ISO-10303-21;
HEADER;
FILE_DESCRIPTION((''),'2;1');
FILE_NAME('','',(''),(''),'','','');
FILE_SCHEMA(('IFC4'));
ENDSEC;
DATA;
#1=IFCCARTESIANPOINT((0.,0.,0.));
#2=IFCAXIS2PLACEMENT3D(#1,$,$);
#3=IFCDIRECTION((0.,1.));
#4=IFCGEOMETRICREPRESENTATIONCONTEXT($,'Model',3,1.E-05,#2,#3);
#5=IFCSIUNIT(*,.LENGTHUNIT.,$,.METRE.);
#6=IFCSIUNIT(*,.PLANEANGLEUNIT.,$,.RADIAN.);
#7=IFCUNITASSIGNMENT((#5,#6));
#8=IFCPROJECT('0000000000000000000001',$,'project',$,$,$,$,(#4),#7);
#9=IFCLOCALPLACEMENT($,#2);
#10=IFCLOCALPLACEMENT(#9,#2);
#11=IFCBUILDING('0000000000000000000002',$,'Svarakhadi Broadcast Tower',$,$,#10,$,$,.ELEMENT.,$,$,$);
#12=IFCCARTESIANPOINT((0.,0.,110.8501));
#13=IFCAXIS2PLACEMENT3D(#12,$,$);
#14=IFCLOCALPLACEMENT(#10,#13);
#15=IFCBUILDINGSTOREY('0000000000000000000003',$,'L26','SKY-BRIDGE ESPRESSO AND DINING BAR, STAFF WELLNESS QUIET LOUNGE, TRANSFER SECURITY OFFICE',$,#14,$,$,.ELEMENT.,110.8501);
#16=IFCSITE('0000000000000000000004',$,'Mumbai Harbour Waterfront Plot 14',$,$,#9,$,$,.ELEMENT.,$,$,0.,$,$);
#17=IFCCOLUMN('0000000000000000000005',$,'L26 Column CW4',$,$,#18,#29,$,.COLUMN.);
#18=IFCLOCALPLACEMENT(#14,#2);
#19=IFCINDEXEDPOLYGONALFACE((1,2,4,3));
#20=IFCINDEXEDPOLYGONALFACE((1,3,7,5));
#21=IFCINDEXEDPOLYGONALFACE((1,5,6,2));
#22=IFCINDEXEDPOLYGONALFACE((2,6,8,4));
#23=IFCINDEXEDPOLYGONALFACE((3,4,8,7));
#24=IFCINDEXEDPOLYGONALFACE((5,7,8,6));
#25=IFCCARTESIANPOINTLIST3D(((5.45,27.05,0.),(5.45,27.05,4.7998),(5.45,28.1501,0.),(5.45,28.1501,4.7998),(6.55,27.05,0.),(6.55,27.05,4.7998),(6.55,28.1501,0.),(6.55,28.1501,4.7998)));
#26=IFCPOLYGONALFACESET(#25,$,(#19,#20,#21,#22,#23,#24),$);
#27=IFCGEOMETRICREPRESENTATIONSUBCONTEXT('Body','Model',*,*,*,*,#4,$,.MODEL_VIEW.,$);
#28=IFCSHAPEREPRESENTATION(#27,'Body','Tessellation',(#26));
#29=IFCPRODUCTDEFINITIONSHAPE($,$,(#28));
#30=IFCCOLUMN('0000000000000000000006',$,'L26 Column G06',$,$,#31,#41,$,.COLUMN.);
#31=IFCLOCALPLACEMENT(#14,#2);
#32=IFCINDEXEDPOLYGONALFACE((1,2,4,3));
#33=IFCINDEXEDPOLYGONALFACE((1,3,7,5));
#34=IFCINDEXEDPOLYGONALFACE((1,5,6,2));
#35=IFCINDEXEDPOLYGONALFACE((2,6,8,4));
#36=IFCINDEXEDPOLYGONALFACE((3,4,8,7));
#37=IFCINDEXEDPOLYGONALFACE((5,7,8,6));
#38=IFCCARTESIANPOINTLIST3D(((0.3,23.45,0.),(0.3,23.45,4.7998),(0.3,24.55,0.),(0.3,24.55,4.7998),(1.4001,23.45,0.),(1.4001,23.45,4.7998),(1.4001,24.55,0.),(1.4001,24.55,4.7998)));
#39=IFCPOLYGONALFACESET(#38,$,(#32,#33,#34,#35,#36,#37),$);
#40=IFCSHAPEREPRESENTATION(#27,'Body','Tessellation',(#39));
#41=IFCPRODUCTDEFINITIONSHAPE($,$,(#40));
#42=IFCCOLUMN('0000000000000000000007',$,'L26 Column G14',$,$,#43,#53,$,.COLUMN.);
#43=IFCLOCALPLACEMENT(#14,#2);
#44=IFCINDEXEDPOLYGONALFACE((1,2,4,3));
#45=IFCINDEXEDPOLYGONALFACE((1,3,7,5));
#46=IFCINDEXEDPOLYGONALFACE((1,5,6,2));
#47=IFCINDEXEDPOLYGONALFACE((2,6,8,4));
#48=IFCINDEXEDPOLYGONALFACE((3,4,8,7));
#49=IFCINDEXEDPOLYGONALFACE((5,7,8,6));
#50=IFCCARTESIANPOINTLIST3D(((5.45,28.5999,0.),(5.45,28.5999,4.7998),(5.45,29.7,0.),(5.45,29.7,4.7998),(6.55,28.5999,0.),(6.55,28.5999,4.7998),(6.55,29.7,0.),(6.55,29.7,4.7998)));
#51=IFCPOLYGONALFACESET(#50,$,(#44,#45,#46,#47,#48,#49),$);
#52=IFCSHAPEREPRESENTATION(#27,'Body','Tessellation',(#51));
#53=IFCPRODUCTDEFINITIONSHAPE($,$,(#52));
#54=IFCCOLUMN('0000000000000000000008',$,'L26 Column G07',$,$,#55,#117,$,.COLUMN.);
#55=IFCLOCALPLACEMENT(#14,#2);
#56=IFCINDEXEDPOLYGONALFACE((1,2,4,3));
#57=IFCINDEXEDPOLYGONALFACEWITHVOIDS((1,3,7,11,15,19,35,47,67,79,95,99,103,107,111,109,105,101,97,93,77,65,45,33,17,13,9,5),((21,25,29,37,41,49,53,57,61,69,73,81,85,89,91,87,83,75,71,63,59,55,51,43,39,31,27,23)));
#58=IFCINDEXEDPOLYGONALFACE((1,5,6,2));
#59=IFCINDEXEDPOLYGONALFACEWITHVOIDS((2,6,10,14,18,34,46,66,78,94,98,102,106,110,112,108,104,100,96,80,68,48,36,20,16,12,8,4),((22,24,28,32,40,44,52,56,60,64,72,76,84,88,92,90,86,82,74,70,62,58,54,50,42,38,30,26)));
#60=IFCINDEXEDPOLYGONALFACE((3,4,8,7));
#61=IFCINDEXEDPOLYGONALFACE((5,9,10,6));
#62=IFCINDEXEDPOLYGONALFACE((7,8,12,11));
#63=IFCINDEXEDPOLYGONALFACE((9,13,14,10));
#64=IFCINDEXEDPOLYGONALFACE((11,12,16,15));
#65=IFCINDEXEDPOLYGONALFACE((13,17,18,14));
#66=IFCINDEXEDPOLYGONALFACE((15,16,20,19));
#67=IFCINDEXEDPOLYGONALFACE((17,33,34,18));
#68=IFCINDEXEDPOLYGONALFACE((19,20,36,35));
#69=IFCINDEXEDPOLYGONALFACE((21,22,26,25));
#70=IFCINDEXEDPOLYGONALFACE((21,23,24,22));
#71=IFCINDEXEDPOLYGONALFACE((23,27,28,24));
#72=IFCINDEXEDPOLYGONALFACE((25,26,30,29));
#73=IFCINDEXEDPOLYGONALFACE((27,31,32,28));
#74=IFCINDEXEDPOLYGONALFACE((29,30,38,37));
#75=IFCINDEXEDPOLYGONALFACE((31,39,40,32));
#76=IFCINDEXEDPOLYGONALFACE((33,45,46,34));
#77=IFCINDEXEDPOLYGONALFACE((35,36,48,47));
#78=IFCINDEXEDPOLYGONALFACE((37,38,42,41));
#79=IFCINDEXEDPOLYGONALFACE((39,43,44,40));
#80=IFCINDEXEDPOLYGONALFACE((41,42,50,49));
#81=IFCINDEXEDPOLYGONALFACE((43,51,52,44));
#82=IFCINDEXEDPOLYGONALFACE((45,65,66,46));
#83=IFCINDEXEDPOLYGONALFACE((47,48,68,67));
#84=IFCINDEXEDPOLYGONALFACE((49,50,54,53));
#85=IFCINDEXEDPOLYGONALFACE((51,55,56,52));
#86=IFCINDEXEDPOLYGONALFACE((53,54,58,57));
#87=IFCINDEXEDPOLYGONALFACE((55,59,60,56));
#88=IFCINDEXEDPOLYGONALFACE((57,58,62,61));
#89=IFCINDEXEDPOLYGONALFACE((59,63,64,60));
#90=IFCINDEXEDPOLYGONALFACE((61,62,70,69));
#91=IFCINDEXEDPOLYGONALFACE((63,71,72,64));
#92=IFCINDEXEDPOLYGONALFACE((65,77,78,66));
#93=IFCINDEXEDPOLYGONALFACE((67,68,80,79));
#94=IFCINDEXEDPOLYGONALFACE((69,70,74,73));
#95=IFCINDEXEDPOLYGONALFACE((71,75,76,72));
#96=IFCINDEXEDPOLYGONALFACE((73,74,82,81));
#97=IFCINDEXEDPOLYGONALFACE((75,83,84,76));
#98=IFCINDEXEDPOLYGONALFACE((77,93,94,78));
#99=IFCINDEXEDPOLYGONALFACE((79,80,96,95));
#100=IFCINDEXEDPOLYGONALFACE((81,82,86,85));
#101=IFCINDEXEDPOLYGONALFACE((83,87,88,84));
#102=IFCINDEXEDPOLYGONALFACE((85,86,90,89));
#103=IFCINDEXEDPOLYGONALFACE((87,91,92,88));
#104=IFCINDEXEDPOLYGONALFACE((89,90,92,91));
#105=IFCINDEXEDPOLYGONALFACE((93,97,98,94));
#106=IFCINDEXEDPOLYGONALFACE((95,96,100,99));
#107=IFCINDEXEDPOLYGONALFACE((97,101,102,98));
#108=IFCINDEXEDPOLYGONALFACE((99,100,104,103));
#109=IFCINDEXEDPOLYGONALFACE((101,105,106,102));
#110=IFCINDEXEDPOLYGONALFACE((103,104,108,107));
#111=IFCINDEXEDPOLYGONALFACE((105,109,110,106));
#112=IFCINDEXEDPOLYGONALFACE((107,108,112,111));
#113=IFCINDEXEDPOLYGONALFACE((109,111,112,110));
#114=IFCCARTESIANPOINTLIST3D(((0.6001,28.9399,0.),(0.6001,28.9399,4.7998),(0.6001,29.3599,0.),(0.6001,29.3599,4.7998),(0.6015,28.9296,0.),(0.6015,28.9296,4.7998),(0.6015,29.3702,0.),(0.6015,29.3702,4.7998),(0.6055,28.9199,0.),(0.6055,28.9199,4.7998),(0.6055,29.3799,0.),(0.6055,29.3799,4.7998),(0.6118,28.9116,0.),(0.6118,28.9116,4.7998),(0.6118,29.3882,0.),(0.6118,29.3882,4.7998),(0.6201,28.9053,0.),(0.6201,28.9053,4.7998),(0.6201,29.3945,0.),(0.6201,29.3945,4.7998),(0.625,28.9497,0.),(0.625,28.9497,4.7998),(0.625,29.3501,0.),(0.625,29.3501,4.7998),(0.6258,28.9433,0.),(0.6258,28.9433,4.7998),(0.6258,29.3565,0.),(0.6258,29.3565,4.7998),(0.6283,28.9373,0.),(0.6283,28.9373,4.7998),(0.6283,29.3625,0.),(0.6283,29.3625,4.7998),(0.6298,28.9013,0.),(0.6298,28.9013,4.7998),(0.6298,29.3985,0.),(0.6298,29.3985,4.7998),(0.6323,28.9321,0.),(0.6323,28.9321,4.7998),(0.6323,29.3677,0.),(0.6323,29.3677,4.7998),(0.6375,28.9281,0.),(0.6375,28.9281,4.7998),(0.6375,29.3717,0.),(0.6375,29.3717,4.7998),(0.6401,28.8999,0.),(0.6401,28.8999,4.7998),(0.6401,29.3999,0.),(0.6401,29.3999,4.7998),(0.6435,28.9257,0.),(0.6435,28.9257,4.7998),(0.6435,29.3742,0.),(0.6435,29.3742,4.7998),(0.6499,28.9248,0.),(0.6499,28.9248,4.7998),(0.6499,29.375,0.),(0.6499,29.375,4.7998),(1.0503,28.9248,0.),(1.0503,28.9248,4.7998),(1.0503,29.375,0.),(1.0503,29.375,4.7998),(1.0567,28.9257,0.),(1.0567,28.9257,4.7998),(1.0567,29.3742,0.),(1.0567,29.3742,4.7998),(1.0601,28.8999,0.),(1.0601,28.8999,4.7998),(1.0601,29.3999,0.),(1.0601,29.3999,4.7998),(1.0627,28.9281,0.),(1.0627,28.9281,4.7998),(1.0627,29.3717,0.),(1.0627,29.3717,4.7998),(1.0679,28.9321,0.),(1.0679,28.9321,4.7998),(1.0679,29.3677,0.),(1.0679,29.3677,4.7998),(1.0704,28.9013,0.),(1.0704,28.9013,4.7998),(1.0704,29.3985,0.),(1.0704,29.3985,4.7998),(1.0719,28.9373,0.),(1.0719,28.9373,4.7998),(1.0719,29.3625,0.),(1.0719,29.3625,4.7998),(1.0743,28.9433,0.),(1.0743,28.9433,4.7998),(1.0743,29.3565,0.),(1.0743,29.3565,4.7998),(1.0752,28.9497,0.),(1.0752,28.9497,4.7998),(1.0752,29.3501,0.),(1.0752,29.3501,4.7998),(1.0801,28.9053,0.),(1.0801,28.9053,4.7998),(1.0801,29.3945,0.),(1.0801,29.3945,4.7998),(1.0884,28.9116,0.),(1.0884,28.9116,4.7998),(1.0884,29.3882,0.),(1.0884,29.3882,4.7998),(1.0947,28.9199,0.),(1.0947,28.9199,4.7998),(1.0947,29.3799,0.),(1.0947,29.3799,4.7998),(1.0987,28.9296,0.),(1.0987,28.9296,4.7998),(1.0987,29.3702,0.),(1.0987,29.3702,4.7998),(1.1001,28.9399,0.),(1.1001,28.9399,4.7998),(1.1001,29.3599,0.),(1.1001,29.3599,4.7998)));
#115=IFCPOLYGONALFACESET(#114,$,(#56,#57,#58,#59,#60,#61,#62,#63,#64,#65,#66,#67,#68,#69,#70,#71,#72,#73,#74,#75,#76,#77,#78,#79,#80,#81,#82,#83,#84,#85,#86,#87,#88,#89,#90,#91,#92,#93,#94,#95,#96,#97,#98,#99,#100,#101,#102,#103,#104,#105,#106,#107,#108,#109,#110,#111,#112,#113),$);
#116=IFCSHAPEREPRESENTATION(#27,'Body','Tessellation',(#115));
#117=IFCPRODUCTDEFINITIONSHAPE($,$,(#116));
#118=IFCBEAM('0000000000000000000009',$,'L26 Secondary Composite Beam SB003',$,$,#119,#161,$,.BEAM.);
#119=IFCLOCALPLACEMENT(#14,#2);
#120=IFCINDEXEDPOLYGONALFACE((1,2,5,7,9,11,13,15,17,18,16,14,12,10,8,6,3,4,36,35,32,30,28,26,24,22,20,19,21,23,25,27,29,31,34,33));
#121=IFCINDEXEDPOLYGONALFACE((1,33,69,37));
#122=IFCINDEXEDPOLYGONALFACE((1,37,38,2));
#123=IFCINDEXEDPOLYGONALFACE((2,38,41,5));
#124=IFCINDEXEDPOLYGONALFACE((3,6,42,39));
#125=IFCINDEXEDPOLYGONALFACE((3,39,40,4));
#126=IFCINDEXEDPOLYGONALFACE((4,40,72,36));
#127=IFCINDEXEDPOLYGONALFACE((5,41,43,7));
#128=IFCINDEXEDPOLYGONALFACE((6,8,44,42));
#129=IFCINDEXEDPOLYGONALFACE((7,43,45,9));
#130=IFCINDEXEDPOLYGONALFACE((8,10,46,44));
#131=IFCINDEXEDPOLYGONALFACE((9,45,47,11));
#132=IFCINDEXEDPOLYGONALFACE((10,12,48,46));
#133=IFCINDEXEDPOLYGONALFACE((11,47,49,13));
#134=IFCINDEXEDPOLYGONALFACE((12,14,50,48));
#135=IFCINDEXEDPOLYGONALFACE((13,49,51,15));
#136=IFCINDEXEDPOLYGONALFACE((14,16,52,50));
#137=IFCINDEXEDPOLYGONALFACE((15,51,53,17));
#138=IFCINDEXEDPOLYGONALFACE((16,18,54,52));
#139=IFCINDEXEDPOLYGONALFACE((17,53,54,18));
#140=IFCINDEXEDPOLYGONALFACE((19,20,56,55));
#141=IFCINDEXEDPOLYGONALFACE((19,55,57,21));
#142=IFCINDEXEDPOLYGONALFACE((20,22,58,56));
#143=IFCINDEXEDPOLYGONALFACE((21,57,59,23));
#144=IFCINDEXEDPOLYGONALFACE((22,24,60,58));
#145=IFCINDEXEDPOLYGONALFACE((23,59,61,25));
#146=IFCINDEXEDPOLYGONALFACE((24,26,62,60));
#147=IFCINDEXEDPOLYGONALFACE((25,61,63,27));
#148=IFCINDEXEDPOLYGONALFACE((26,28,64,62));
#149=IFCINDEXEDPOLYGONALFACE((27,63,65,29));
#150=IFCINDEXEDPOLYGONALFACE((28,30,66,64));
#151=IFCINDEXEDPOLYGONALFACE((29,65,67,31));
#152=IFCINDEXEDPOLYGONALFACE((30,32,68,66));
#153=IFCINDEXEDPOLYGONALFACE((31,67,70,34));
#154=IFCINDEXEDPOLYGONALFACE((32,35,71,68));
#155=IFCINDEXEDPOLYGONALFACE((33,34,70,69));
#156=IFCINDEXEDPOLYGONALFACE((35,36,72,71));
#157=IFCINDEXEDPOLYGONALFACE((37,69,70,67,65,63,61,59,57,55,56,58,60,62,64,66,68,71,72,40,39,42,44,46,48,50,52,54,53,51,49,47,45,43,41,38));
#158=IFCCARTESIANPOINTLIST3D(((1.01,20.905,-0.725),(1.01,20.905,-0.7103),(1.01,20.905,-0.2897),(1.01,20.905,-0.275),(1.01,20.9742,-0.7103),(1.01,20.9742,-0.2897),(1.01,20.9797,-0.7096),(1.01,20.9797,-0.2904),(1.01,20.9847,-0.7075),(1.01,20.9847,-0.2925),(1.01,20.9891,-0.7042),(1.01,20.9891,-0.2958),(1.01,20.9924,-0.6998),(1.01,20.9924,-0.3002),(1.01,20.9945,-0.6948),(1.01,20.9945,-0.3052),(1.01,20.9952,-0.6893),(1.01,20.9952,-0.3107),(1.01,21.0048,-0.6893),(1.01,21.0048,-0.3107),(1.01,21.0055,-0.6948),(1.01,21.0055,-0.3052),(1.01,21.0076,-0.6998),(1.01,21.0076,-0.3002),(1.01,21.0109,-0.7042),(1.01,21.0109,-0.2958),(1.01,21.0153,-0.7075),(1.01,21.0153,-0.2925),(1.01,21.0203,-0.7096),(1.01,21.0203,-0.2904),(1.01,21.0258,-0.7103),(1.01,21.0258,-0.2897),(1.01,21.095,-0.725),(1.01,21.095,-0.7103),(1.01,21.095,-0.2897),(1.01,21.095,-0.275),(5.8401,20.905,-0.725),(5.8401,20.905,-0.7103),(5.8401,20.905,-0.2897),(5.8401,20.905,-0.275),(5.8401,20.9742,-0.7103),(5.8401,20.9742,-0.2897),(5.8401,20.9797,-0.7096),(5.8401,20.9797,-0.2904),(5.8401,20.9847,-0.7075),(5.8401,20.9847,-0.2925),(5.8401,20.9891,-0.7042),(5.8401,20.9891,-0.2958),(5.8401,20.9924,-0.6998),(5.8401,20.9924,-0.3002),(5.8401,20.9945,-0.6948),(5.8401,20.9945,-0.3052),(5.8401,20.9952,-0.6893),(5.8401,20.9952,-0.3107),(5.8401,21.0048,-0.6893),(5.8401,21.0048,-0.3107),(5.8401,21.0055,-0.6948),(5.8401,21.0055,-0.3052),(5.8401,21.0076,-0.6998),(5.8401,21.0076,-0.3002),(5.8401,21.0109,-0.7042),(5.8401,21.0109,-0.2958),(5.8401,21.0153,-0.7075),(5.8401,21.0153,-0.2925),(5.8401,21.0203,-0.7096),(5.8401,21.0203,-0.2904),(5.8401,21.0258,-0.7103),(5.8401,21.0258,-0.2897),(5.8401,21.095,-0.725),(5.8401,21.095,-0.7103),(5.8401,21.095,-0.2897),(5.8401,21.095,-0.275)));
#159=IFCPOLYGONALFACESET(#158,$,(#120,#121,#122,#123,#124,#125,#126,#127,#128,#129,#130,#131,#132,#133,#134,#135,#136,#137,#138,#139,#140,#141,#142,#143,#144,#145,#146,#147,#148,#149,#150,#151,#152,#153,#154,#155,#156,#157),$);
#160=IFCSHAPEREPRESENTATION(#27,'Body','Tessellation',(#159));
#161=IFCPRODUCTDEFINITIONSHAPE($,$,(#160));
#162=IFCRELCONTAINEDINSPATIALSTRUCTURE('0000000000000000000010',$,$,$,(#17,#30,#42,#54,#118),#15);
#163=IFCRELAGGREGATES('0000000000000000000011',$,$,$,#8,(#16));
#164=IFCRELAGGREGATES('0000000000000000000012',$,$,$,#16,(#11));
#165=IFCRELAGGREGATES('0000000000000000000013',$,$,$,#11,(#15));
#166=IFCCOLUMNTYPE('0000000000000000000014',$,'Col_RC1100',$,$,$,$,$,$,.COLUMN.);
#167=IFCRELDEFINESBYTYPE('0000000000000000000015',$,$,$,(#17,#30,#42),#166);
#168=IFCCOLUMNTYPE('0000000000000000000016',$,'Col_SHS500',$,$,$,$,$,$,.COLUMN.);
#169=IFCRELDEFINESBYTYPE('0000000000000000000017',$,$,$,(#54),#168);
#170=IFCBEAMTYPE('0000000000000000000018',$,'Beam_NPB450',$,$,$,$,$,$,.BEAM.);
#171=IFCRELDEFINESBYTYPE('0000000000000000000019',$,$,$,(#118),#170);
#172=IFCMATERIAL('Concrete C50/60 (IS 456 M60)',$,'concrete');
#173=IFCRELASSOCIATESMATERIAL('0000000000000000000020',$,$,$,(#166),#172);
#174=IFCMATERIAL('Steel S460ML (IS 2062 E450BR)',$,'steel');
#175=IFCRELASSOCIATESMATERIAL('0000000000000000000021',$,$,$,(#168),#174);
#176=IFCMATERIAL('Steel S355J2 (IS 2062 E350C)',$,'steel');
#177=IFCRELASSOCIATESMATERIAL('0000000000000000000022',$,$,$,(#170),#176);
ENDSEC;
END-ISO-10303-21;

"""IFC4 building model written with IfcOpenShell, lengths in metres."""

from ifc_helpers import new_model, si_unit, direction, frame, origin, origin_2d, place, context, subcontext, project, spatial, rectangle, hollow_rectangle, i_section, extrude, material, material_profile, profile_set, type_object, element, save


model = new_model("IFC4")

# Units and contexts
model_context = context("Model", 3, precision=1e-05, world=origin(), true_north=direction((0.0, 1.0)))
body_context = subcontext(model_context, "Body", "Model", "MODEL_VIEW")
ifc_project = project(units=[si_unit("LENGTHUNIT", "METRE"), si_unit("PLANEANGLEUNIT", "RADIAN")], contexts=[model_context])

# Site, building, storey
site_placement = place(None, origin())
site = spatial("IfcSite", under=ifc_project, at=site_placement, Name="Mumbai Harbour Waterfront Plot 14", CompositionType="ELEMENT", RefElevation=0.0)
building_placement = place(site_placement, origin())
building = spatial("IfcBuilding", under=site, at=building_placement, Name="Svarakhadi Broadcast Tower", CompositionType="ELEMENT")
storey_placement = place(building_placement, frame((0.0, 0.0, 110.8501)))
storey = spatial("IfcBuildingStorey", under=building, at=storey_placement, Name="L26", Description="SKY-BRIDGE ESPRESSO AND DINING BAR, STAFF WELLNESS QUIET LOUNGE, TRANSFER SECURITY OFFICE", CompositionType="ELEMENT", Elevation=110.8501)

# Columns
ifc_material_1 = material(Name="Concrete C50/60 (IS 456 M60)", Category="concrete")
ifc_material_profile_1 = material_profile(ifc_material_1, rectangle(XDim=1.1001, YDim=1.1001, at=origin_2d()), Name="RC 1100x1100")
ifc_profile_set_1 = profile_set([ifc_material_profile_1], Name="Concrete C50/60 (IS 456 M60)")
column_type_1 = type_object("IfcColumnType", Name="Col_RC1100", PredefinedType="COLUMN", material=ifc_profile_set_1)
for number, where, z_axis, x_axis, name in (
    (1, (6.0, 27.6001, 0.0), (0.0, 0.0, 1.0), (1.0, 0.0, 0.0), "L26 Column CW4"),
    (2, (0.8501, 24.0, 0.0), (0.0, 0.0, 1.0), (1.0, 0.0, 0.0), "L26 Column G06"),
    (3, (6.0, 29.1499, 0.0), (0.0, 0.0, 1.0), (1.0, 0.0, 0.0), "L26 Column G14"),
):
    element("IfcColumn", number, at=place(storey_placement, frame(where, z_axis=z_axis, x_axis=x_axis)), inside=storey, type_object=column_type_1, Name=name, PredefinedType="COLUMN", context=body_context, shape_type="SweptSolid", body=[
        extrude(rectangle(XDim=1.1001, YDim=1.1001, at=origin_2d()), origin(), (0.0, 0.0, 1.0), 4.7998),
    ])
ifc_material_2 = material(Name="Steel S460ML (IS 2062 E450BR)", Category="steel")
ifc_material_profile_2 = material_profile(ifc_material_2, hollow_rectangle(XDim=0.5, YDim=0.5, WallThickness=0.0249, InnerFilletRadius=0.0249, OuterFilletRadius=0.04, at=origin_2d()), Name="SHS 500x500x25")
ifc_profile_set_2 = profile_set([ifc_material_profile_2], Name="Steel S460ML (IS 2062 E450BR)")
column_type_2 = type_object("IfcColumnType", Name="Col_SHS500", PredefinedType="COLUMN", material=ifc_profile_set_2)
column_placement = place(storey_placement, frame((0.8501, 29.1499, 0.0), z_axis=(0.0, 0.0, 1.0), x_axis=(1.0, 0.0, 0.0)))
element("IfcColumn", 4, at=column_placement, inside=storey, type_object=column_type_2, Name="L26 Column G07", PredefinedType="COLUMN", context=body_context, shape_type="SweptSolid", body=[
    extrude(hollow_rectangle(XDim=0.5, YDim=0.5, WallThickness=0.0249, InnerFilletRadius=0.0249, OuterFilletRadius=0.04, at=origin_2d()), origin(), (0.0, 0.0, 1.0), 4.7998),
])

# Beam
ifc_material_3 = material(Name="Steel S355J2 (IS 2062 E350C)", Category="steel")
ifc_material_profile_3 = material_profile(ifc_material_3, i_section(OverallWidth=0.1899, OverallDepth=0.45, WebThickness=0.0095, FlangeThickness=0.0146, FilletRadius=0.021, at=origin_2d()), Name="NPB 450x190x78")
ifc_profile_set_3 = profile_set([ifc_material_profile_3], Name="Steel S355J2 (IS 2062 E350C)")
beam_type_1 = type_object("IfcBeamType", Name="Beam_NPB450", PredefinedType="BEAM", material=ifc_profile_set_3)
for number, where, z_axis, x_axis, name in (
    (5, (1.01, 21.0, -0.5), (1.0, 0.0, 0.0), (0.0, 1.0, 0.0), "L26 Secondary Composite Beam SB003"),
):
    element("IfcBeam", number, at=place(storey_placement, frame(where, z_axis=z_axis, x_axis=x_axis)), inside=storey, type_object=beam_type_1, Name=name, PredefinedType="BEAM", context=body_context, shape_type="SweptSolid", body=[
        extrude(i_section(OverallWidth=0.1899, OverallDepth=0.45, WebThickness=0.0095, FlangeThickness=0.0146, FilletRadius=0.021, at=origin_2d()), origin(), (0.0, 0.0, 1.0), 4.8301),
    ])

save(model, "model.ifc")
